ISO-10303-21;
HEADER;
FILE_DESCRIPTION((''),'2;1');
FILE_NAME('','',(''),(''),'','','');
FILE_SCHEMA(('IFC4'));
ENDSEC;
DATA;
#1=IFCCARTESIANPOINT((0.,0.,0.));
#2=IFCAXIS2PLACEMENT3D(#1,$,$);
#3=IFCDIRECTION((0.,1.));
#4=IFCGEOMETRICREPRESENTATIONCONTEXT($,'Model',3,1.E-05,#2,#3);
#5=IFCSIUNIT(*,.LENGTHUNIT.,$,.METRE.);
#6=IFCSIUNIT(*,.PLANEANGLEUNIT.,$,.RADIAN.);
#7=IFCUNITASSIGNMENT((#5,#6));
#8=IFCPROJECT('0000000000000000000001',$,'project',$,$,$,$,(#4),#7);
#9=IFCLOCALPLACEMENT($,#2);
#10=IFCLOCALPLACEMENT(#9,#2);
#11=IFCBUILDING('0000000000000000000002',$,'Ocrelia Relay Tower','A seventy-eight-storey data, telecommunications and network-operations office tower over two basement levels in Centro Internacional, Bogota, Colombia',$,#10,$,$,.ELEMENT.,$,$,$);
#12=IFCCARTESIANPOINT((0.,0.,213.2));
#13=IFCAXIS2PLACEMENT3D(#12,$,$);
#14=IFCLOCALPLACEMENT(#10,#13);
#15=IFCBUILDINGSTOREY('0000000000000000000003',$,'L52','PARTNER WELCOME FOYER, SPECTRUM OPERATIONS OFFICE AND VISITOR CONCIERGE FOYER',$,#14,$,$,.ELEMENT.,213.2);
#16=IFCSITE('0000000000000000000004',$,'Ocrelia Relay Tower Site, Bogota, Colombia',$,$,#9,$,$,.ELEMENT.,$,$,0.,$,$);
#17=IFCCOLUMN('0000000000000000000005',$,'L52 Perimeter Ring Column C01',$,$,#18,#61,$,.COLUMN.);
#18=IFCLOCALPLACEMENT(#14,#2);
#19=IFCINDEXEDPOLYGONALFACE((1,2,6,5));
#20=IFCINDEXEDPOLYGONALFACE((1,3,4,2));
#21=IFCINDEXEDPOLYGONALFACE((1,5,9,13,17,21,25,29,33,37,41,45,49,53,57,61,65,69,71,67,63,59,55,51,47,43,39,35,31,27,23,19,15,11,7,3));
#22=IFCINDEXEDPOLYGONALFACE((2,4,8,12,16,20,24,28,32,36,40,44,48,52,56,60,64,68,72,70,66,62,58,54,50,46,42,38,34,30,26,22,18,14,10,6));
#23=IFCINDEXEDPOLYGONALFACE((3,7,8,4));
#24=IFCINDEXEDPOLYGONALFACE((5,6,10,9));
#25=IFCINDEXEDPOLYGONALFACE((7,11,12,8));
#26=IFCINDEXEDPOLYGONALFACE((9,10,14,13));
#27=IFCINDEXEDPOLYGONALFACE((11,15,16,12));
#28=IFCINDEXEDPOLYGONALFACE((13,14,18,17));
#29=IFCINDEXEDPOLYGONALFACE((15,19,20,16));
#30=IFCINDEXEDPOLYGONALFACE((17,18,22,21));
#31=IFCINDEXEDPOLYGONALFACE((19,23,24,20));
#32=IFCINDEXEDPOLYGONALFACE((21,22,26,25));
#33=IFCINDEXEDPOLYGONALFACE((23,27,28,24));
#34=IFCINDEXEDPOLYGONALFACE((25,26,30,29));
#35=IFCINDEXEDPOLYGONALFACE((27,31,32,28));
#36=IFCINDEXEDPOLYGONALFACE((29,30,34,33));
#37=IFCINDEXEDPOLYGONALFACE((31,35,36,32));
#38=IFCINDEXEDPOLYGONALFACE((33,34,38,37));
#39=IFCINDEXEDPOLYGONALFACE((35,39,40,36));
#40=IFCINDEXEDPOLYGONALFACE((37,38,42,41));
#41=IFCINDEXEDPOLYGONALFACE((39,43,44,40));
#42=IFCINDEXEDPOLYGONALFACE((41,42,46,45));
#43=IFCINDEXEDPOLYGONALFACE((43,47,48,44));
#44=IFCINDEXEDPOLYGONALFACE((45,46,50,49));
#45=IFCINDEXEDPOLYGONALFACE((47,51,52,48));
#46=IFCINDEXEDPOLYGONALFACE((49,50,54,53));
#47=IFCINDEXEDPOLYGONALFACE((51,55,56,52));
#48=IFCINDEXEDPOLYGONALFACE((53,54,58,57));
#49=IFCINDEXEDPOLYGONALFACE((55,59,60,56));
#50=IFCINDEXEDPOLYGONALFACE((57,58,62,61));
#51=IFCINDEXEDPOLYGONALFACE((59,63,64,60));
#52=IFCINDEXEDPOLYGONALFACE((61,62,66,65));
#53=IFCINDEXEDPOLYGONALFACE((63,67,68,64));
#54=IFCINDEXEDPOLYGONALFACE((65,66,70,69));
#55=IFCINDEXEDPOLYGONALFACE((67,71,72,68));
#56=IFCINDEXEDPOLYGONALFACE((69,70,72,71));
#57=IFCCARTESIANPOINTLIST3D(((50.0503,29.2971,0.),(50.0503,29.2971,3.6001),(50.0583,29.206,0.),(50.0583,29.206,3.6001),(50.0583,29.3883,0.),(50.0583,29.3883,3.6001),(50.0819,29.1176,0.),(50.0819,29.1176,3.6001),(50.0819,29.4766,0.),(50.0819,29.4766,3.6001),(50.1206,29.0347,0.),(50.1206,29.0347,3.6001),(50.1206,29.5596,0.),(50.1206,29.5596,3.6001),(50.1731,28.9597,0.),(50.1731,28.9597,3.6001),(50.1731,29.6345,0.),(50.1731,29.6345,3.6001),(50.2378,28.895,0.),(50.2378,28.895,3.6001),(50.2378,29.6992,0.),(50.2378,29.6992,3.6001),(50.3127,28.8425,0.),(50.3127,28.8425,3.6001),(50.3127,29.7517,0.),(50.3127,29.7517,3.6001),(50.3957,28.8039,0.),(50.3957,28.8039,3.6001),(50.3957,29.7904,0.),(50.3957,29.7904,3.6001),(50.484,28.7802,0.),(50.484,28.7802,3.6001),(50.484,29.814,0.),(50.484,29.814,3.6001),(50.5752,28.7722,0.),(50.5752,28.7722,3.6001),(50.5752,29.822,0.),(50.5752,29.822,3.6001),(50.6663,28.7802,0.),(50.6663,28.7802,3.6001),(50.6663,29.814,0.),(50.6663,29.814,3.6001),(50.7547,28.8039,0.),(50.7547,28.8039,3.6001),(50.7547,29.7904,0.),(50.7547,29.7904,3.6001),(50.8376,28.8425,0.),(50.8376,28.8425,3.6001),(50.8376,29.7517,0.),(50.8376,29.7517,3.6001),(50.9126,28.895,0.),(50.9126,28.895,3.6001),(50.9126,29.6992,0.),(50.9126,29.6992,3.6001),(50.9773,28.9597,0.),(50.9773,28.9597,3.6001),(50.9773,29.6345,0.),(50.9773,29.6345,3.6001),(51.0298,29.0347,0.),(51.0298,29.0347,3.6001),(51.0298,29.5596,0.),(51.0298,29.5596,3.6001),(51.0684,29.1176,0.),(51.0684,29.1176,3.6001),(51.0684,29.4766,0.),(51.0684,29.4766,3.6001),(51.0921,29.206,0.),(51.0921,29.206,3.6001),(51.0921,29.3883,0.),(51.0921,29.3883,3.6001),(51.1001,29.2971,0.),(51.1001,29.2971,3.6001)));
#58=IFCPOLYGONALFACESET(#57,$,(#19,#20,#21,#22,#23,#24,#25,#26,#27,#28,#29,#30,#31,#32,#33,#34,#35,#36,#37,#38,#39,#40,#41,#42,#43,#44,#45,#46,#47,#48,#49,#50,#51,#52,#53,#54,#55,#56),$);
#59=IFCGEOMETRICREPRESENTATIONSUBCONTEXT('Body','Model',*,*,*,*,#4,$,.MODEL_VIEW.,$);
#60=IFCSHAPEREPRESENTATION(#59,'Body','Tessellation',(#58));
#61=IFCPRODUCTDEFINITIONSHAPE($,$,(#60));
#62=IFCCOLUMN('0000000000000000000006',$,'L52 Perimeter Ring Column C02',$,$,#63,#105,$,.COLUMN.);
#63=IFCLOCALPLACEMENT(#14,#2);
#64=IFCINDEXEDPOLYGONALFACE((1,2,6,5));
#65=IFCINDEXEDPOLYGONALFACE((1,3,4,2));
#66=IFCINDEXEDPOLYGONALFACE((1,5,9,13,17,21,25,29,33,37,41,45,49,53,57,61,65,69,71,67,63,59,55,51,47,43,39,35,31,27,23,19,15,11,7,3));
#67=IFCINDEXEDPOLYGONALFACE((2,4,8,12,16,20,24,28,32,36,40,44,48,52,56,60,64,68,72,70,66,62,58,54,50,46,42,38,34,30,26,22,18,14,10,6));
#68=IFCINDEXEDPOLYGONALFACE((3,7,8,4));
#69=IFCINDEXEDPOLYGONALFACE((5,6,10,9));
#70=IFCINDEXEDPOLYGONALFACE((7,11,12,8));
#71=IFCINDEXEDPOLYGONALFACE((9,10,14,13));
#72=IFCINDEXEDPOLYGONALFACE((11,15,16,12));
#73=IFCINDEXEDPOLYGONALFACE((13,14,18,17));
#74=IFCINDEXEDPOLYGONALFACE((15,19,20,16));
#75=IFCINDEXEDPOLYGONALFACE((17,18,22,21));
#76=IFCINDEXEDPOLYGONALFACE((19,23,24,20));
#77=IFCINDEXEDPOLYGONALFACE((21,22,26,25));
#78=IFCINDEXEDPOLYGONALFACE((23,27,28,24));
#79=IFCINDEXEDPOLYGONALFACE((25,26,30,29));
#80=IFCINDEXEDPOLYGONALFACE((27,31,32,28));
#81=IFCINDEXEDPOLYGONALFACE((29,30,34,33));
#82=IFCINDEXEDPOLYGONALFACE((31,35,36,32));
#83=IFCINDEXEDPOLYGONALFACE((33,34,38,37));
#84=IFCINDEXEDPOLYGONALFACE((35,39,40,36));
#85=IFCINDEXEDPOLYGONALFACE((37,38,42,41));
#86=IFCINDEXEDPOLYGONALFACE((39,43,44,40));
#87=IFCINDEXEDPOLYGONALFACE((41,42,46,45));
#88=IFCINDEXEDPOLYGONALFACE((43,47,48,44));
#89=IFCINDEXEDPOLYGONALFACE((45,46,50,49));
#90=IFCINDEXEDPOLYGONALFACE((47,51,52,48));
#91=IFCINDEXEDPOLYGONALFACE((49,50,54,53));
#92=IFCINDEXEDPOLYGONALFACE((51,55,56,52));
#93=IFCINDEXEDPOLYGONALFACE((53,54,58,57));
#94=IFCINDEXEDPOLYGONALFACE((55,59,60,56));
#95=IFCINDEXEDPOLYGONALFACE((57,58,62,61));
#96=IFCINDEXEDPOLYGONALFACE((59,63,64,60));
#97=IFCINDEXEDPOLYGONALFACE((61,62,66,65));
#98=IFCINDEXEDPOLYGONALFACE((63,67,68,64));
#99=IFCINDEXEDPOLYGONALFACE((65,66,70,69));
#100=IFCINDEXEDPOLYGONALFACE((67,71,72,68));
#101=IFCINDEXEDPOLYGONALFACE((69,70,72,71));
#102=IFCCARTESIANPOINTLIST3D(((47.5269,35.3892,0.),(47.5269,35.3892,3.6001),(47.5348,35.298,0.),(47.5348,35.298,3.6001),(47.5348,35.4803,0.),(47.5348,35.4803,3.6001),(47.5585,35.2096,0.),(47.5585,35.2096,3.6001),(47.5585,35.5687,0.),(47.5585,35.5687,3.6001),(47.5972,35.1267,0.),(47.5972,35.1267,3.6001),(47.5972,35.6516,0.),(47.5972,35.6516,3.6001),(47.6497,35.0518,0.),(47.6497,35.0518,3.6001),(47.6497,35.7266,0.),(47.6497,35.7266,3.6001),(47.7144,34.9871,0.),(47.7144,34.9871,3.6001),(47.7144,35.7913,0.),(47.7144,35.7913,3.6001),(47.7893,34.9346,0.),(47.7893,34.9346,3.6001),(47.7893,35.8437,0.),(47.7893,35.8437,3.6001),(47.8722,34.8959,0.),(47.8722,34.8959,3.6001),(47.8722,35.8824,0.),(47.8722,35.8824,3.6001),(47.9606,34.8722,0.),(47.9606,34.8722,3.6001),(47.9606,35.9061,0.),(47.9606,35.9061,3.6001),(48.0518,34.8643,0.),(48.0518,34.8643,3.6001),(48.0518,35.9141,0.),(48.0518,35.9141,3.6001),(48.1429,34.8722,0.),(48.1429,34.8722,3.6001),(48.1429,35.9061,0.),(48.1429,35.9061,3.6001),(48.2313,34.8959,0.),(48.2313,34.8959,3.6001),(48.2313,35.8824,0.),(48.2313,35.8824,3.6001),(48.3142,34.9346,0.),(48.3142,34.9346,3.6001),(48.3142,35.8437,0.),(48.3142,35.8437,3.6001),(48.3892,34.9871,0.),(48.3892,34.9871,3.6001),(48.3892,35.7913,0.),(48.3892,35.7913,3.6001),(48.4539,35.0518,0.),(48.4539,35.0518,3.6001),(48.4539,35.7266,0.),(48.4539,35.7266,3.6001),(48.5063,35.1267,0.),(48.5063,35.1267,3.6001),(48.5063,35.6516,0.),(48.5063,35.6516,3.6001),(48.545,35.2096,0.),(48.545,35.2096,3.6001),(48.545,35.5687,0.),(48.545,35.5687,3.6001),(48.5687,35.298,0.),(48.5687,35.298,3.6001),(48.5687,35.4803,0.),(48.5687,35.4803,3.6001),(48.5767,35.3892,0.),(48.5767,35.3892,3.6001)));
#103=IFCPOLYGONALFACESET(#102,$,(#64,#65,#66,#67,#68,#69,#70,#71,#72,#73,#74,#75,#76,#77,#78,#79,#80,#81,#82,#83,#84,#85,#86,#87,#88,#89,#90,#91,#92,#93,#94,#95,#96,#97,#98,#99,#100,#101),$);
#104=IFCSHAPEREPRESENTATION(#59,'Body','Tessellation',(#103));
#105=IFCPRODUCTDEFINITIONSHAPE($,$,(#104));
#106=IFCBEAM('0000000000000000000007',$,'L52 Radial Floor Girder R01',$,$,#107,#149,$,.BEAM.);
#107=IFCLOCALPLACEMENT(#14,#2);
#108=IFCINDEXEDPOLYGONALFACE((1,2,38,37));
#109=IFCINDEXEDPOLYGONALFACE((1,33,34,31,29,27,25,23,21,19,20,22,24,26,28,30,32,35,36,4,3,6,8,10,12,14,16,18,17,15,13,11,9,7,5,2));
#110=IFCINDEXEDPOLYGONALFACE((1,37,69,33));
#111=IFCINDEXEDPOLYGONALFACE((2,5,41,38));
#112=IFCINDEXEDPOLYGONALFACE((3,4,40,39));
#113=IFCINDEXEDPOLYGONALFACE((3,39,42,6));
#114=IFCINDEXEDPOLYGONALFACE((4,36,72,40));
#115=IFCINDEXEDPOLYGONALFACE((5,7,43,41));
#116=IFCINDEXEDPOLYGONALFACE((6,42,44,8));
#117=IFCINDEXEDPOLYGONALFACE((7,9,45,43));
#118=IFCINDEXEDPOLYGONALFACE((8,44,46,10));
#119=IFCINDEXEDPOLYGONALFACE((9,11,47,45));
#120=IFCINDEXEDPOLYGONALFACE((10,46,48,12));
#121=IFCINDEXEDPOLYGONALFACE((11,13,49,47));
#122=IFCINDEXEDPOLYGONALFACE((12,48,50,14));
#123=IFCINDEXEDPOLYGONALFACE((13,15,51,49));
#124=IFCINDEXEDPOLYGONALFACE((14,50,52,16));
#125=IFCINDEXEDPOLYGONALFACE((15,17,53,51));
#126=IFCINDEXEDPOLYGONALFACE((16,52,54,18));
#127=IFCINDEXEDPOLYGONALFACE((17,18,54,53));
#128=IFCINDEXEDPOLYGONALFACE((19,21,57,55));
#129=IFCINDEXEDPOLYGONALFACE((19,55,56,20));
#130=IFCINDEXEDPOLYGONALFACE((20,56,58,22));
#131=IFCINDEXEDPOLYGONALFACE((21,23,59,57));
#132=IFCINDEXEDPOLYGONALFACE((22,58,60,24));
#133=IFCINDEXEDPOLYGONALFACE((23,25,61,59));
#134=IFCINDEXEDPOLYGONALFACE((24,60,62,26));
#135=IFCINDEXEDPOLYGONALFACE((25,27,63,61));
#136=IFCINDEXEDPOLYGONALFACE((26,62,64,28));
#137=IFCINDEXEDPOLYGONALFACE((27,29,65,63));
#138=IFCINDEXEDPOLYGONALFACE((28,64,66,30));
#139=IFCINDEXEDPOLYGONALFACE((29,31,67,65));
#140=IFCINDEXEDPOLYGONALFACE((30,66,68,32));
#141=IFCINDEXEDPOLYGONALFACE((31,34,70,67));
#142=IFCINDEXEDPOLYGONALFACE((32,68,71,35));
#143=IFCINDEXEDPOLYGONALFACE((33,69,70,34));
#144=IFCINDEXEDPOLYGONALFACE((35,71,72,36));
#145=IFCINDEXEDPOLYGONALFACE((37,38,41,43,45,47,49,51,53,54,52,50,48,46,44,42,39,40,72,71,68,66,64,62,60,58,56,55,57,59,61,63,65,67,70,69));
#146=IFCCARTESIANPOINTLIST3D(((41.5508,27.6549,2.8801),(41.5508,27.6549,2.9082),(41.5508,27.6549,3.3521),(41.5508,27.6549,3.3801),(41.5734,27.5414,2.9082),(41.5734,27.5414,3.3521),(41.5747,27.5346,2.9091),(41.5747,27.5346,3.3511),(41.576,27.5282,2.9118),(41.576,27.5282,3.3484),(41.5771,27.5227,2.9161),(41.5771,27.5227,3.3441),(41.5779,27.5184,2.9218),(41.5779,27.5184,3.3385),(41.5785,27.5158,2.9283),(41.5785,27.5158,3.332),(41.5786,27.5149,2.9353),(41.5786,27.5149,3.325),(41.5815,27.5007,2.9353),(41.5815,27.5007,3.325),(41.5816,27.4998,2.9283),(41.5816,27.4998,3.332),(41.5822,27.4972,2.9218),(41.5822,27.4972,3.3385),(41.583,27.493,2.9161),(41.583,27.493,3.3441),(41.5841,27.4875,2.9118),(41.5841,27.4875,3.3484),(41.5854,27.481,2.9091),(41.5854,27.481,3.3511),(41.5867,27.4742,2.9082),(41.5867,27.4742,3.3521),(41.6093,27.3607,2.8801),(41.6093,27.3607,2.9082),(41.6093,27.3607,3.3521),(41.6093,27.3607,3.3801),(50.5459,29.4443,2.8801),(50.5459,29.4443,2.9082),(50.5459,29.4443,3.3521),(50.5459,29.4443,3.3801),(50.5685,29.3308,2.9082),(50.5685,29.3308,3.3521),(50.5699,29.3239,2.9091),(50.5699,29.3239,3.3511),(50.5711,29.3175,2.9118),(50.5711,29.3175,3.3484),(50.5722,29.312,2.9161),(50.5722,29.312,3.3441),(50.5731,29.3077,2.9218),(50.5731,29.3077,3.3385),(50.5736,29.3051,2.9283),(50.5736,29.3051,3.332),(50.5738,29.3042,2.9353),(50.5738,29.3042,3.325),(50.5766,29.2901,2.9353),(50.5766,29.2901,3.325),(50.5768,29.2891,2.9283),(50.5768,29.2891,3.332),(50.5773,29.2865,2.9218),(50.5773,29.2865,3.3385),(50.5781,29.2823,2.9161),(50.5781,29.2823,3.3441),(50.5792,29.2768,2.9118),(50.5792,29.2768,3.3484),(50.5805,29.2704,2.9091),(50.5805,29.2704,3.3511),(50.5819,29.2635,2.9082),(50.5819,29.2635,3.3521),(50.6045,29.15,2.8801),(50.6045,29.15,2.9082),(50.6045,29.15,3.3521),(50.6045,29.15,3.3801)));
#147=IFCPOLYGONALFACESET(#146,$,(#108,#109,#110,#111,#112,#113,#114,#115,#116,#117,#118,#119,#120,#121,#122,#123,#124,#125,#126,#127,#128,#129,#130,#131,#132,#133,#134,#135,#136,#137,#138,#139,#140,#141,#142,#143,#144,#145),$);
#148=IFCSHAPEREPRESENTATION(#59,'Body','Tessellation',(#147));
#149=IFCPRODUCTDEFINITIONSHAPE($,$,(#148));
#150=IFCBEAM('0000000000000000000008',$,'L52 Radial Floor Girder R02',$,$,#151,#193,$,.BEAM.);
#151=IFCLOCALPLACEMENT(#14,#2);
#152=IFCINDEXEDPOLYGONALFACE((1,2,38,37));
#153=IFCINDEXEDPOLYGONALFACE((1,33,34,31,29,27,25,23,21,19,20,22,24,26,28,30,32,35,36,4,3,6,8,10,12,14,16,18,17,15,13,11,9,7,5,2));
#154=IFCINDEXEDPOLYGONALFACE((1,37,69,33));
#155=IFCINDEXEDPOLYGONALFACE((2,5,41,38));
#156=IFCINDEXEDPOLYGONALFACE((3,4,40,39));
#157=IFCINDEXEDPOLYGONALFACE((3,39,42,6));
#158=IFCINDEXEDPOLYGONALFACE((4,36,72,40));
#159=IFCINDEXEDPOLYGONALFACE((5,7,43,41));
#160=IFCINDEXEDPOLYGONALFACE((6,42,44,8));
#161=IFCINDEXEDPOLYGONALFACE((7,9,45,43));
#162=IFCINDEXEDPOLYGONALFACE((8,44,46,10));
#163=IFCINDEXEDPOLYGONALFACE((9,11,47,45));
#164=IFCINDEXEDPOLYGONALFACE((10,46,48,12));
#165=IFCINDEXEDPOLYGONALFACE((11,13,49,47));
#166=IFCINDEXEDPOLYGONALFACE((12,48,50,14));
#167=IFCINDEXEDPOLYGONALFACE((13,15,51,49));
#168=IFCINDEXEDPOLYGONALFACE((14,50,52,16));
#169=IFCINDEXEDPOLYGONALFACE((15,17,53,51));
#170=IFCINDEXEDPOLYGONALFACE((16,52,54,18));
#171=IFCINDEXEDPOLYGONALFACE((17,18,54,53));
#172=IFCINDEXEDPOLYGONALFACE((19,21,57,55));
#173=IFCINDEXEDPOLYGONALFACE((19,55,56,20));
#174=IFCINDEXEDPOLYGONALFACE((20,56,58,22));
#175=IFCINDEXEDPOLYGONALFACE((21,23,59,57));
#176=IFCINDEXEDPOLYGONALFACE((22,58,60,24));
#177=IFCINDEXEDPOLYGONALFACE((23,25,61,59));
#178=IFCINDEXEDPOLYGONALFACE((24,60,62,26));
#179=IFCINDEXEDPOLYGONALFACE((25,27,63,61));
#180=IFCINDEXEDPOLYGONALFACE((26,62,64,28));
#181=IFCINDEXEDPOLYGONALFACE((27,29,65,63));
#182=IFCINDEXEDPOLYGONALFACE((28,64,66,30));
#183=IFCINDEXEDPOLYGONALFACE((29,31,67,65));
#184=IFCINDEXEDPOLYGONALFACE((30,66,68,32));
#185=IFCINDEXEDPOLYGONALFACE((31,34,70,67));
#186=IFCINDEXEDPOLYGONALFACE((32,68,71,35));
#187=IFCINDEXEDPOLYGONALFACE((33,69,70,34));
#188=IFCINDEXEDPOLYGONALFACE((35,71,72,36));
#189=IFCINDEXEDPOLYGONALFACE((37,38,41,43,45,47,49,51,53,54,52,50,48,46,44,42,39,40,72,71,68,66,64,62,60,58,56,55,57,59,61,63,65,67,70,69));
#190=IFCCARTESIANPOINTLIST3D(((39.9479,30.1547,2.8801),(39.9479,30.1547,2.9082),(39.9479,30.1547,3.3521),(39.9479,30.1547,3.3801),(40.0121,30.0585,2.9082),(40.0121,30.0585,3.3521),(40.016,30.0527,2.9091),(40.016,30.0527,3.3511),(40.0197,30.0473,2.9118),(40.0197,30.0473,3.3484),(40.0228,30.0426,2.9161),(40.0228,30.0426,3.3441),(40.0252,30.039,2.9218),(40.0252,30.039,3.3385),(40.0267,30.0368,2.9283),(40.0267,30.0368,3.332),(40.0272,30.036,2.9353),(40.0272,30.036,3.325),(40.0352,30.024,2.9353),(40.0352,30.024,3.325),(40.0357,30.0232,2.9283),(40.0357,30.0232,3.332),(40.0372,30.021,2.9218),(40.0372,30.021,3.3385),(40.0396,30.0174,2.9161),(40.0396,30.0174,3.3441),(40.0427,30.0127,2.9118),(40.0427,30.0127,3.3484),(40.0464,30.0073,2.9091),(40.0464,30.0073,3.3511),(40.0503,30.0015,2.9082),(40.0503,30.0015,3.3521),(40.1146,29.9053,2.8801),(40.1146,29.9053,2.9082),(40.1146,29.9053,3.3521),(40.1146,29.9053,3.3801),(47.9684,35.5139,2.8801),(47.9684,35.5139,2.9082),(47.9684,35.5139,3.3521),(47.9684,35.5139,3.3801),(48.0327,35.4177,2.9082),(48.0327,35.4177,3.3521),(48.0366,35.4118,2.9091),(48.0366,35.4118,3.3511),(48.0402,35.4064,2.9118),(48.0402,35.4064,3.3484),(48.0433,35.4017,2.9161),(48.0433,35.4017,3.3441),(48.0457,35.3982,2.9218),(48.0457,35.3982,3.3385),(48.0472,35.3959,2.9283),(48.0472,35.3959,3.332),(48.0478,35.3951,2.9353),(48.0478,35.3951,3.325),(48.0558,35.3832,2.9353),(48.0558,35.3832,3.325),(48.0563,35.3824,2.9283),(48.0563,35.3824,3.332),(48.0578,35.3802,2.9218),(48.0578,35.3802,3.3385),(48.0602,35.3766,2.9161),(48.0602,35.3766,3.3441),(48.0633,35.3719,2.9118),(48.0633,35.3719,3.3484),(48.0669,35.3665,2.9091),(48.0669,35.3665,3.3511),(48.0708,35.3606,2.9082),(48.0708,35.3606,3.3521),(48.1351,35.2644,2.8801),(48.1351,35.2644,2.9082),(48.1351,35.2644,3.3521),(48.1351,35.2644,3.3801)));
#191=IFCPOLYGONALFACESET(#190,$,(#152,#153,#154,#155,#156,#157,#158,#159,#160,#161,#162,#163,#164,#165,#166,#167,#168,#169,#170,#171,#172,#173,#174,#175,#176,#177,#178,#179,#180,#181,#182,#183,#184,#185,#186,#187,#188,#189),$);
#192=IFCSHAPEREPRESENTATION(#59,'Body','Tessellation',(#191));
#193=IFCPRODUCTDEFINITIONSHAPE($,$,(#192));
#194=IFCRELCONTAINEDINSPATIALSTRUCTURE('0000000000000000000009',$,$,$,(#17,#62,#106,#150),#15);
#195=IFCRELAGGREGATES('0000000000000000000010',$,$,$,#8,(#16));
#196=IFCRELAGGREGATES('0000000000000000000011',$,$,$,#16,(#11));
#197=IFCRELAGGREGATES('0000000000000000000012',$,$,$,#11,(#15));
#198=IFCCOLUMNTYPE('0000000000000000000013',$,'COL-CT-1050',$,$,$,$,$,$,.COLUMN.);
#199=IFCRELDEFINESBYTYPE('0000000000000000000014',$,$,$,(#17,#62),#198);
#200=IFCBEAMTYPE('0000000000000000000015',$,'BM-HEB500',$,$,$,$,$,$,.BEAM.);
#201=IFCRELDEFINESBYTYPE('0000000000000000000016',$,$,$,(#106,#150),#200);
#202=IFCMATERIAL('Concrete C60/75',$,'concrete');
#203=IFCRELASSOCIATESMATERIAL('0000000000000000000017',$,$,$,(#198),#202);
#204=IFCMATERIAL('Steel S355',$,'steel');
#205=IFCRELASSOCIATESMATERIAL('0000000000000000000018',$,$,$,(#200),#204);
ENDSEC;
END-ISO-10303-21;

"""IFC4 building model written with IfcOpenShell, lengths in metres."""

from ifc_helpers import new_model, si_unit, direction, frame, origin, origin_2d, place, context, subcontext, project, spatial, circle, i_section, extrude, material, material_profile, profile_set, type_object, element, save


model = new_model("IFC4")

# Units and contexts
model_context = context("Model", 3, precision=1e-05, world=origin(), true_north=direction((0.0, 1.0)))
body_context = subcontext(model_context, "Body", "Model", "MODEL_VIEW")
ifc_project = project(units=[si_unit("LENGTHUNIT", "METRE"), si_unit("PLANEANGLEUNIT", "RADIAN")], contexts=[model_context])

# Site, building, storey
site_placement = place(None, origin())
site = spatial("IfcSite", under=ifc_project, at=site_placement, Name="Ocrelia Relay Tower Site, Bogota, Colombia", CompositionType="ELEMENT", RefElevation=0.0)
building_placement = place(site_placement, origin())
building = spatial("IfcBuilding", under=site, at=building_placement, Name="Ocrelia Relay Tower", Description="A seventy-eight-storey data, telecommunications and network-operations office tower over two basement levels in Centro Internacional, Bogota, Colombia", CompositionType="ELEMENT")
storey_placement = place(building_placement, frame((0.0, 0.0, 213.2)))
storey = spatial("IfcBuildingStorey", under=building, at=storey_placement, Name="L52", Description="PARTNER WELCOME FOYER, SPECTRUM OPERATIONS OFFICE AND VISITOR CONCIERGE FOYER", CompositionType="ELEMENT", Elevation=213.2)

# Columns
ifc_material_1 = material(Name="Concrete C60/75", Category="concrete")
ifc_material_profile_1 = material_profile(ifc_material_1, circle(Radius=0.5249, at=origin_2d()), Name="RC-CIR-1050")
ifc_profile_set_1 = profile_set([ifc_material_profile_1], Name="Concrete C60/75")
column_type = type_object("IfcColumnType", Name="COL-CT-1050", PredefinedType="COLUMN", material=ifc_profile_set_1)
for number, where, z_axis, x_axis, name in (
    (1, (50.5752, 29.2971, 0.0), (0.0, 0.0, 1.0), (1.0, 0.0, 0.0), "L52 Perimeter Ring Column C01"),
    (2, (48.0518, 35.3892, 0.0), (0.0, 0.0, 1.0), (1.0, 0.0, 0.0), "L52 Perimeter Ring Column C02"),
):
    element("IfcColumn", number, at=place(storey_placement, frame(where, z_axis=z_axis, x_axis=x_axis)), inside=storey, type_object=column_type, Name=name, PredefinedType="COLUMN", context=body_context, shape_type="SweptSolid", body=[
        extrude(circle(Radius=0.5249, at=origin_2d()), origin(), (0.0, 0.0, 1.0), 3.6001),
    ])

# Beams
ifc_material_2 = material(Name="Steel S355", Category="steel")
ifc_material_profile_2 = material_profile(ifc_material_2, i_section(OverallWidth=0.3, OverallDepth=0.5, WebThickness=0.0144, FlangeThickness=0.0281, FilletRadius=0.0271, at=origin_2d()), Name="HEB 500")
ifc_profile_set_2 = profile_set([ifc_material_profile_2], Name="Steel S355")
beam_type_1 = type_object("IfcBeamType", Name="BM-HEB500", PredefinedType="BEAM", material=ifc_profile_set_2)
beam_1_placement = place(storey_placement, frame((50.5752, 29.2971, 3.1301), z_axis=(-0.980784, -0.195097, 0.0), x_axis=(0.195097, -0.980784, 0.0)))
element("IfcBeam", 3, at=beam_1_placement, inside=storey, type_object=beam_type_1, Name="L52 Radial Floor Girder R01", PredefinedType="BEAM", context=body_context, shape_type="SweptSolid", body=[
    extrude(i_section(OverallWidth=0.3, OverallDepth=0.5, WebThickness=0.0144, FlangeThickness=0.0281, FilletRadius=0.0271, at=origin_2d()), origin(), (0.0, 0.0, 1.0), 9.1714),
])
beam_2_placement = place(storey_placement, frame((48.0518, 35.3892, 3.1301), z_axis=(-0.83147, -0.55557, 0.0), x_axis=(0.55557, -0.83147, 0.0)))
element("IfcBeam", 4, at=beam_2_placement, inside=storey, type_object=beam_type_1, Name="L52 Radial Floor Girder R02", PredefinedType="BEAM", context=body_context, shape_type="SweptSolid", body=[
    extrude(i_section(OverallWidth=0.3, OverallDepth=0.5, WebThickness=0.0144, FlangeThickness=0.0281, FilletRadius=0.0271, at=origin_2d()), origin(), (0.0, 0.0, 1.0), 9.6462),
])

save(model, "model.ifc")
